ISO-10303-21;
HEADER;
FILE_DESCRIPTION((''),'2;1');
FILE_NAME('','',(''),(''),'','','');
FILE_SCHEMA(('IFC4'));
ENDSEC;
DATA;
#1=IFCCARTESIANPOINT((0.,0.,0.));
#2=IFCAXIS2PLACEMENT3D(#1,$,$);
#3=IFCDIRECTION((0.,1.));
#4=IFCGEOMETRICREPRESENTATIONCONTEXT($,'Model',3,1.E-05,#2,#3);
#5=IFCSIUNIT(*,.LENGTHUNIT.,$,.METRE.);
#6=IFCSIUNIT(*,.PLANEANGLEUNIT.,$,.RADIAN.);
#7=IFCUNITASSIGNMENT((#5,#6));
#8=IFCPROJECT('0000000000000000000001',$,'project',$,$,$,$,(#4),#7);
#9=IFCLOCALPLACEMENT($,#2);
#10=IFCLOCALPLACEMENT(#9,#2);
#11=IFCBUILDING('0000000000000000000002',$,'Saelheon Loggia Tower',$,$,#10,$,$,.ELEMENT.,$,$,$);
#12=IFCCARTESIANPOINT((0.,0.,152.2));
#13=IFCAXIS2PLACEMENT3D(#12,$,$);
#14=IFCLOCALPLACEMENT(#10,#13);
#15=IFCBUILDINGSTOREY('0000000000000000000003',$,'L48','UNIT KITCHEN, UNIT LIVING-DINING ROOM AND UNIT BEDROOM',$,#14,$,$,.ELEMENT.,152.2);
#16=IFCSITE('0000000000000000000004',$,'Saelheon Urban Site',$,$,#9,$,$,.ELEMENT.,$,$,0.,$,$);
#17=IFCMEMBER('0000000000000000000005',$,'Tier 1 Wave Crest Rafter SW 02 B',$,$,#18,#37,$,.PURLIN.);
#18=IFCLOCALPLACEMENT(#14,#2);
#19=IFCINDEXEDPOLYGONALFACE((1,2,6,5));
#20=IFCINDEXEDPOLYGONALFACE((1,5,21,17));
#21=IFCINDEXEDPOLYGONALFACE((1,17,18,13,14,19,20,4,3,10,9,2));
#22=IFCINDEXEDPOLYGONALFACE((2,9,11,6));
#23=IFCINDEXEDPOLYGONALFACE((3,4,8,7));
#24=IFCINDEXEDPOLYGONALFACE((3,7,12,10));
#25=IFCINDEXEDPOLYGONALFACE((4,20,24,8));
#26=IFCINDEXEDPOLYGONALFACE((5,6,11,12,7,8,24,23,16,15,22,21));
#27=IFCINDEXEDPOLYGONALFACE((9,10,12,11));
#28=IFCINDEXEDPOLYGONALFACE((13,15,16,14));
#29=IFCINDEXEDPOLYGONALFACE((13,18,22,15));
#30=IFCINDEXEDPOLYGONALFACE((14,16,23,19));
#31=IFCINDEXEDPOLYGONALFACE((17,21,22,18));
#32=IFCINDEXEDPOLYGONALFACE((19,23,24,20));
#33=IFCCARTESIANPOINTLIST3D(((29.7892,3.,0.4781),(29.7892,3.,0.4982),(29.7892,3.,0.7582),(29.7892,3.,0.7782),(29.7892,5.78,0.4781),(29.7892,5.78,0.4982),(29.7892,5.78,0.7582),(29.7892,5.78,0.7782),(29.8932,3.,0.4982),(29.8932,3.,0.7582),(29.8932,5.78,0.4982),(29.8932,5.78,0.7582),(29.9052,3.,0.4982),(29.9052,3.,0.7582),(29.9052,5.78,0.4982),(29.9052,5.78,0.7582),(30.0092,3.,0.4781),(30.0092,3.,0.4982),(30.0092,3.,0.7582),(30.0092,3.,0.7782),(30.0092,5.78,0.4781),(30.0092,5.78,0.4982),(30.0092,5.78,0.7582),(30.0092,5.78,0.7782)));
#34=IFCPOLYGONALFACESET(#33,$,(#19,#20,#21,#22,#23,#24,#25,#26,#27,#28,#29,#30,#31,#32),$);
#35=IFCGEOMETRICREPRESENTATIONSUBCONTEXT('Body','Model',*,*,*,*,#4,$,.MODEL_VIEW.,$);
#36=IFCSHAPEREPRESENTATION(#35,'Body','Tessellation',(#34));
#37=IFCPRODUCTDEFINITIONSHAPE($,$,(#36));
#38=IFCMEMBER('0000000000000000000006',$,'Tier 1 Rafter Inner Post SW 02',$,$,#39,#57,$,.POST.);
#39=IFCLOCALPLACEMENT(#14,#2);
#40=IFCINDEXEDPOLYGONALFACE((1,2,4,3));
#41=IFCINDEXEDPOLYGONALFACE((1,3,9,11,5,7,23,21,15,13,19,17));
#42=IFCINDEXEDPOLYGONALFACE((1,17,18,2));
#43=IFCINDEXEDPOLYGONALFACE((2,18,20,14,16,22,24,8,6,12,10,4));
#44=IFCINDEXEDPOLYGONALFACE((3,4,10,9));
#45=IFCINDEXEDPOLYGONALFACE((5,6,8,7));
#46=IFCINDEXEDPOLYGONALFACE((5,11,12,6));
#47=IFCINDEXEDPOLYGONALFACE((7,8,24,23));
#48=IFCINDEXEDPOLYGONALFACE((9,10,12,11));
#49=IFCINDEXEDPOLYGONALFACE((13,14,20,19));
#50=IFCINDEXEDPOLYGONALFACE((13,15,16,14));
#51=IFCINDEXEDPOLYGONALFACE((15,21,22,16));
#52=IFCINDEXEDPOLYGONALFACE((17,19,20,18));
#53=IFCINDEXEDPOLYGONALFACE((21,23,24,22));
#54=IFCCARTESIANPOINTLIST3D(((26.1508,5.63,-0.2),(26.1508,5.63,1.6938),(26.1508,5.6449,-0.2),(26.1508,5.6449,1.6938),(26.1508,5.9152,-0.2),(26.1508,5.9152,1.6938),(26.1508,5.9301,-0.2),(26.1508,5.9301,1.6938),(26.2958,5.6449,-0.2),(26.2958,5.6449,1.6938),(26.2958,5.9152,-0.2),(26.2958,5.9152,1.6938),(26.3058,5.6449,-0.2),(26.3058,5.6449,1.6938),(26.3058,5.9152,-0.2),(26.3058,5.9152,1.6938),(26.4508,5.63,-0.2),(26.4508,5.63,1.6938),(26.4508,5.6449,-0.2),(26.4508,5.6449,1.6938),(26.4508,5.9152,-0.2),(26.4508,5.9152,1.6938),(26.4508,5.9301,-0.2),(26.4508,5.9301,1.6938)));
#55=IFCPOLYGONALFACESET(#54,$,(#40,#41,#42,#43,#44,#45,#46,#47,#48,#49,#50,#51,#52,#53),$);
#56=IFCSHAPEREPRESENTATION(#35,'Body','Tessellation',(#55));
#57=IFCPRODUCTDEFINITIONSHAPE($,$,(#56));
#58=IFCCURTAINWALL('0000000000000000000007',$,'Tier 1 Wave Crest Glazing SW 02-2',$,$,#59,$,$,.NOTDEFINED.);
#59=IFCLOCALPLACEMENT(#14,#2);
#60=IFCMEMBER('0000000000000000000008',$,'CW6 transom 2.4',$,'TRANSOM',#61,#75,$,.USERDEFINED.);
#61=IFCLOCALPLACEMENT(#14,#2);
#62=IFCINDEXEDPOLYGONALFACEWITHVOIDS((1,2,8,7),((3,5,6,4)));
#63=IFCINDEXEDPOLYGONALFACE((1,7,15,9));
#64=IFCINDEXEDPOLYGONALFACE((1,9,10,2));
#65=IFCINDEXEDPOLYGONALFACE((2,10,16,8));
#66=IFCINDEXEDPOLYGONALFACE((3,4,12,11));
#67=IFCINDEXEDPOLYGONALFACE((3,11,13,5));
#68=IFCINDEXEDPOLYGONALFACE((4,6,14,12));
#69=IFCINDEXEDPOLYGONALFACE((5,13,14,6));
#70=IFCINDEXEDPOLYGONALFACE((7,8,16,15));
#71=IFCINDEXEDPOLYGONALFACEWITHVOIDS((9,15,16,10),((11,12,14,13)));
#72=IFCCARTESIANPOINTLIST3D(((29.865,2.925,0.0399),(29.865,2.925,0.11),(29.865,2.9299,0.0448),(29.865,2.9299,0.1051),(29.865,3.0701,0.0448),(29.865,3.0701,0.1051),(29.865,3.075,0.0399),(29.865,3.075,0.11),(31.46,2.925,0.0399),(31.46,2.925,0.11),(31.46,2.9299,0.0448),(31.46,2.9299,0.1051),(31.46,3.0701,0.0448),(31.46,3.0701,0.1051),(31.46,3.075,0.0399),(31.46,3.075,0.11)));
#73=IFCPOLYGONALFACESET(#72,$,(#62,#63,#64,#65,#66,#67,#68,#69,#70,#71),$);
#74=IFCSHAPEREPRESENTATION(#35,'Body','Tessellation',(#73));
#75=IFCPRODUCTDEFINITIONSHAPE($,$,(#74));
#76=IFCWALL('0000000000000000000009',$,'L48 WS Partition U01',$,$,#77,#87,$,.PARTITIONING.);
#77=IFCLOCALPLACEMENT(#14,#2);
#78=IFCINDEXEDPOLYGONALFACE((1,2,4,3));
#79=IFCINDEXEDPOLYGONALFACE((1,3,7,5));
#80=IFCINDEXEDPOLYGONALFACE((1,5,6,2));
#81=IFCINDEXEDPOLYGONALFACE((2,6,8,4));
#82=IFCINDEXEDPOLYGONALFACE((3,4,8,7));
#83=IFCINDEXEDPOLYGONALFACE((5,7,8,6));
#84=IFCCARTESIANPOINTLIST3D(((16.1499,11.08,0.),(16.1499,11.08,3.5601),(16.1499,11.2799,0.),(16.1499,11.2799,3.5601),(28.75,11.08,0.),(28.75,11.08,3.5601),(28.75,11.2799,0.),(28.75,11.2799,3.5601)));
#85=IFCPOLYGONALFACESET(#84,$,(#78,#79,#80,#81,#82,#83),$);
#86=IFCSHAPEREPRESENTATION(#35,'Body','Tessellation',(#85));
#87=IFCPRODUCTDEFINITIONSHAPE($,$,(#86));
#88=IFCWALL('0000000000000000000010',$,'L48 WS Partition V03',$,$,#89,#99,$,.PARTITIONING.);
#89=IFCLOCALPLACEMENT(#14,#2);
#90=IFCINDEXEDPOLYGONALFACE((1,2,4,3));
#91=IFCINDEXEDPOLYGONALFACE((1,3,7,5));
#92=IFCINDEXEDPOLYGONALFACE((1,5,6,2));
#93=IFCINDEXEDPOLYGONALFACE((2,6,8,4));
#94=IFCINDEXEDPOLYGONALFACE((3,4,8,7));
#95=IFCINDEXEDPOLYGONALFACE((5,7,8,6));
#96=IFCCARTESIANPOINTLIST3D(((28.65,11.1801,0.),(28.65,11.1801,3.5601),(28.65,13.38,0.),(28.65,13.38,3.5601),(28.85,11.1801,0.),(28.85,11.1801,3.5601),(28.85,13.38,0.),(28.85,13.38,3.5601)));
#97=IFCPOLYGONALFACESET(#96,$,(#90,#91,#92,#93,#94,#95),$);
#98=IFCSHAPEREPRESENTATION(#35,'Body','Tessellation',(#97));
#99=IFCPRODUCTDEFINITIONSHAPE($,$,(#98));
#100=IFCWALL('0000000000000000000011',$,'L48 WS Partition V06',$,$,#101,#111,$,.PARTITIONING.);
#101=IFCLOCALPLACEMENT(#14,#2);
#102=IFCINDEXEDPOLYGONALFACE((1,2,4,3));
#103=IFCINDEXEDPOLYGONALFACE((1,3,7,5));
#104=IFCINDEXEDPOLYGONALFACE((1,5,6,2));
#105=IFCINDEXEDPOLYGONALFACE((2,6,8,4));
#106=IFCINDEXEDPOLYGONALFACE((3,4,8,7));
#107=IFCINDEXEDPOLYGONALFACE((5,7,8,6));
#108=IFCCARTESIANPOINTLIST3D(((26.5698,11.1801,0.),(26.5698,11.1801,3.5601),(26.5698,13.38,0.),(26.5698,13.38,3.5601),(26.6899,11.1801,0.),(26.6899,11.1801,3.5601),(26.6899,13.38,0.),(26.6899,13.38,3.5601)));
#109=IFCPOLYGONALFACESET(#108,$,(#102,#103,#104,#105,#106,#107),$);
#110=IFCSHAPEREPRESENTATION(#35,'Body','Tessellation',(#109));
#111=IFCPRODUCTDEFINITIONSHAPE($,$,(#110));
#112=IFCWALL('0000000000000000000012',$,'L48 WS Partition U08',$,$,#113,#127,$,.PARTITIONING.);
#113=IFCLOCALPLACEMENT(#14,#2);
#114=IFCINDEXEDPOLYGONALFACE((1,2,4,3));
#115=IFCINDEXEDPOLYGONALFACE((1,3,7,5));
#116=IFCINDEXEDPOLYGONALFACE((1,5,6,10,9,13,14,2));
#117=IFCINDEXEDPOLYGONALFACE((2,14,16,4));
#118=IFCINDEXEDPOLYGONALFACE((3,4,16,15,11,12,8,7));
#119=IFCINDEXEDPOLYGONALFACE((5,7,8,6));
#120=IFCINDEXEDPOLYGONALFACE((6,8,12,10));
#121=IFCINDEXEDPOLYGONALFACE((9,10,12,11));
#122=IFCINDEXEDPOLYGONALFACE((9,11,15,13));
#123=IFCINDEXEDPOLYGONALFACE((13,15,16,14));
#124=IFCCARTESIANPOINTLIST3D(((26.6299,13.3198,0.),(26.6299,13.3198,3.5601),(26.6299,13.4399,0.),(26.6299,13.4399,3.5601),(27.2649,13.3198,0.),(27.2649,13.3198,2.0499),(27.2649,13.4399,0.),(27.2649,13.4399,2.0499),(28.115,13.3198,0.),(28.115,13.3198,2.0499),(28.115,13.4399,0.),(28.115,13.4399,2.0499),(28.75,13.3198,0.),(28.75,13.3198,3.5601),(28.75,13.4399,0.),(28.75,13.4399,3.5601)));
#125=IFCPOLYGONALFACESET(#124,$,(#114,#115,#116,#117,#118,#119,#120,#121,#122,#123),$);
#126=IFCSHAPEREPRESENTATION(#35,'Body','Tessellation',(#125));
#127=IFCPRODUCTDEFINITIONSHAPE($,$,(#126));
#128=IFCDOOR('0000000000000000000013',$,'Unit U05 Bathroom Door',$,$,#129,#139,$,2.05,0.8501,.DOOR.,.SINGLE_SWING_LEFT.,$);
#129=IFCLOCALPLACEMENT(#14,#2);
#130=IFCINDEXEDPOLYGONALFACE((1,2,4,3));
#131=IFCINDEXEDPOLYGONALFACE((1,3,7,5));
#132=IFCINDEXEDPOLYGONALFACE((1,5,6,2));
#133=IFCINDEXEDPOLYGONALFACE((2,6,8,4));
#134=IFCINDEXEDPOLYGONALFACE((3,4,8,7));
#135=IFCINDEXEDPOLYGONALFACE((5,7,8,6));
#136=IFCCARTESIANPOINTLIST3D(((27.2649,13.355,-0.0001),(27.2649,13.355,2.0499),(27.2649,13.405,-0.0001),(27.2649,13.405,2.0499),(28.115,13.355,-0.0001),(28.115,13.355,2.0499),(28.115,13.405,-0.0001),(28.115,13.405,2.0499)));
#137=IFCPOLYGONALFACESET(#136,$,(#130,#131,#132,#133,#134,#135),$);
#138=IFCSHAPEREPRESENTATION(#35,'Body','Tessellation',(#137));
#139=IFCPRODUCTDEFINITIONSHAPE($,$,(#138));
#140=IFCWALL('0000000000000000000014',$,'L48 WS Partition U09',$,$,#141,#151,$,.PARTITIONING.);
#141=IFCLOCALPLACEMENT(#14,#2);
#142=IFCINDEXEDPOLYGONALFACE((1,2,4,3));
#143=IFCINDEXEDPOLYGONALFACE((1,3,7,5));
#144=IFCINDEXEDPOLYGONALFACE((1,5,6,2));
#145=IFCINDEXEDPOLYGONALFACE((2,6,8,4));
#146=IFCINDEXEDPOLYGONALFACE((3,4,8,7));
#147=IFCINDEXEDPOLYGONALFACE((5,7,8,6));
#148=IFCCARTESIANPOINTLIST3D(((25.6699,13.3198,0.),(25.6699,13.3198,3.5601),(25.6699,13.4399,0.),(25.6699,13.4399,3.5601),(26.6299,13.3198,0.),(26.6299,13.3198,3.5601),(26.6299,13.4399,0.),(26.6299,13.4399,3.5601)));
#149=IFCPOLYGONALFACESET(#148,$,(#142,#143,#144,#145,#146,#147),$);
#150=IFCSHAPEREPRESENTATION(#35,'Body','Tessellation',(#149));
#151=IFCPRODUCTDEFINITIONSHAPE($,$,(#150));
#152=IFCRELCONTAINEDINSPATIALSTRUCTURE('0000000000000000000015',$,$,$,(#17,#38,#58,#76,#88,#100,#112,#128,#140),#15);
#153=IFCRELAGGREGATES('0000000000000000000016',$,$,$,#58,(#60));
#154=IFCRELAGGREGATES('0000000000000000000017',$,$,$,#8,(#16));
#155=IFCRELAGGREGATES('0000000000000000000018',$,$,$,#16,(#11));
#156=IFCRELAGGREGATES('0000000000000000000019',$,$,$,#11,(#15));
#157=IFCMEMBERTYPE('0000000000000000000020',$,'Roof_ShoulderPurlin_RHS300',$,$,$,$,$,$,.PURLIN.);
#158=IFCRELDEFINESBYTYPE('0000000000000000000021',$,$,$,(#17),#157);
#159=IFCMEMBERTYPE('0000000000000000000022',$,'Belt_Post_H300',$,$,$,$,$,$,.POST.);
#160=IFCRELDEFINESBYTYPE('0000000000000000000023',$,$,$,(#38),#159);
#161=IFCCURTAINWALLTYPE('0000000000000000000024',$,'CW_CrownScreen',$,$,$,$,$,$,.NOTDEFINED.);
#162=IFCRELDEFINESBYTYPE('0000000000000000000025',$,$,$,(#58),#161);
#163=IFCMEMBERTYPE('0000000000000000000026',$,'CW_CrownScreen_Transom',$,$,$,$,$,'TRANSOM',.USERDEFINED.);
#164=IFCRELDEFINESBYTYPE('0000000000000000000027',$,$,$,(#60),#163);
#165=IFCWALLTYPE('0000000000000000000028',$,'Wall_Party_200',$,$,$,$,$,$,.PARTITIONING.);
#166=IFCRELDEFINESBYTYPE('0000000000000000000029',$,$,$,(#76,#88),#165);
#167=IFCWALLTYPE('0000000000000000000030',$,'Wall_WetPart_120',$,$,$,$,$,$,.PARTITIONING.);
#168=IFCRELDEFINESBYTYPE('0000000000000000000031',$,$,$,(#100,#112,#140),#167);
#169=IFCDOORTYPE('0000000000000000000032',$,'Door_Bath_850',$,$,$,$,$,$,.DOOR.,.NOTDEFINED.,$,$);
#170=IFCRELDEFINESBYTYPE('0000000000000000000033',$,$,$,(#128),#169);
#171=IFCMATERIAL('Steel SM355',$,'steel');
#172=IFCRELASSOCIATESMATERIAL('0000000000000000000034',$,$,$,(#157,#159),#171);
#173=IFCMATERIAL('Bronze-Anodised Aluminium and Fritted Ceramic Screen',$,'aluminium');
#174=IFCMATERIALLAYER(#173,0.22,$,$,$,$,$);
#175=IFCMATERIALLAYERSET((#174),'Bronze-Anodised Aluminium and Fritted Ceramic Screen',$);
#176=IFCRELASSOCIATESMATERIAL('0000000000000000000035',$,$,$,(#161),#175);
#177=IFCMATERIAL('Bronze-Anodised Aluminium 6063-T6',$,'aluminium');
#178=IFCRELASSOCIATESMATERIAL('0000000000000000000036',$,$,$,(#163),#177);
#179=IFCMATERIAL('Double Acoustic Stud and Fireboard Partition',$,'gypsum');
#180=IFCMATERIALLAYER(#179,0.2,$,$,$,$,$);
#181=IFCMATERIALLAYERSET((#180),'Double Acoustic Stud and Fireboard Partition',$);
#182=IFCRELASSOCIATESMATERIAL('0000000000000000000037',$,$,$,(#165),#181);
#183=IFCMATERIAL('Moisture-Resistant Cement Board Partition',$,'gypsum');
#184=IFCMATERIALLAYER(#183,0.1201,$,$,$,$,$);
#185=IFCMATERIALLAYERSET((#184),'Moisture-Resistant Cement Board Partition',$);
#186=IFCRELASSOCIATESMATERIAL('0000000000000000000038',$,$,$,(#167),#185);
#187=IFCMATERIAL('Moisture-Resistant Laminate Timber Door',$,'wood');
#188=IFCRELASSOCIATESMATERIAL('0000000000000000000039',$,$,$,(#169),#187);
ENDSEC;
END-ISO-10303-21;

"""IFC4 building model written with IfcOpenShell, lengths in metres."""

from ifc_helpers import new_model, si_unit, direction, frame, frame_2d, origin, origin_2d, place, context, subcontext, project, spatial, rectangle, hollow_rectangle, i_section, extrude, source, transform, mapped, material, layer, layer_set, material_profile, profile_set, type_object, element, fill, aggregate, save


model = new_model("IFC4")

# Units and contexts
model_context = context("Model", 3, precision=1e-05, world=origin(), true_north=direction((0.0, 1.0)))
body_context = subcontext(model_context, "Body", "Model", "MODEL_VIEW")
ifc_project = project(units=[si_unit("LENGTHUNIT", "METRE"), si_unit("PLANEANGLEUNIT", "RADIAN")], contexts=[model_context])

# Site, building, storey
site_placement = place(None, origin())
site = spatial("IfcSite", under=ifc_project, at=site_placement, Name="Saelheon Urban Site", CompositionType="ELEMENT", RefElevation=0.0)
building_placement = place(site_placement, origin())
building = spatial("IfcBuilding", under=site, at=building_placement, Name="Saelheon Loggia Tower", CompositionType="ELEMENT")
storey_placement = place(building_placement, frame((0.0, 0.0, 152.2)))
storey = spatial("IfcBuildingStorey", under=building, at=storey_placement, Name="L48", Description="UNIT KITCHEN, UNIT LIVING-DINING ROOM AND UNIT BEDROOM", CompositionType="ELEMENT", Elevation=152.2)

# Members
ifc_material_1 = material(Name="Steel SM355", Category="steel")
ifc_material_profile_1 = material_profile(ifc_material_1, i_section(OverallWidth=0.22, OverallDepth=0.3, WebThickness=0.012, FlangeThickness=0.02, at=origin_2d()), Name="H-300x220x12x20")
ifc_profile_set_1 = profile_set([ifc_material_profile_1], Name="Steel SM355")
member_type_1 = type_object("IfcMemberType", Name="Roof_ShoulderPurlin_RHS300", PredefinedType="PURLIN", material=ifc_profile_set_1)
shared_shape_1 = source(origin(), body_context, "Body", "SweptSolid", [
    extrude(i_section(OverallWidth=0.22, OverallDepth=0.3, WebThickness=0.012, FlangeThickness=0.02, at=origin_2d()), origin(), (0.0, 0.0, 1.0), 2.78),
])
member_1_placement = place(storey_placement, frame((29.8992, 3.0, 0.6282), z_axis=(0.0, 1.0, 0.0), x_axis=(-1.0, 0.0, 0.0)))
element("IfcMember", 1, at=member_1_placement, inside=storey, type_object=member_type_1, Name="Tier 1 Wave Crest Rafter SW 02 B", PredefinedType="PURLIN", context=body_context, shape_type="MappedRepresentation", body=[
    mapped(shared_shape_1, transform((0.0, 0.0, 0.0), scale=1.0)),
])
ifc_material_profile_2 = material_profile(ifc_material_1, i_section(OverallWidth=0.3, OverallDepth=0.3, WebThickness=0.01, FlangeThickness=0.0149, at=origin_2d()), Name="H-300x300x10x15")
ifc_profile_set_2 = profile_set([ifc_material_profile_2], Name="Steel SM355")
member_type_2 = type_object("IfcMemberType", Name="Belt_Post_H300", PredefinedType="POST", material=ifc_profile_set_2)
shared_shape_2 = source(origin(), body_context, "Body", "SweptSolid", [
    extrude(i_section(OverallWidth=0.3, OverallDepth=0.3, WebThickness=0.01, FlangeThickness=0.0149, at=origin_2d()), origin(), (0.0, 0.0, 1.0), 1.8938),
])
member_2_placement = place(storey_placement, frame((26.3008, 5.78, -0.2), z_axis=(0.0, 0.0, 1.0), x_axis=(1.0, 0.0, 0.0)))
element("IfcMember", 2, at=member_2_placement, inside=storey, type_object=member_type_2, Name="Tier 1 Rafter Inner Post SW 02", PredefinedType="POST", context=body_context, shape_type="MappedRepresentation", body=[
    mapped(shared_shape_2, transform((0.0, 0.0, 0.0), scale=1.0)),
])

# Curtain wall, member
ifc_material_2 = material(Name="Bronze-Anodised Aluminium and Fritted Ceramic Screen", Category="aluminium")
ifc_layer_1 = layer(ifc_material_2, 0.22)
ifc_layer_set_1 = layer_set([ifc_layer_1], Name="Bronze-Anodised Aluminium and Fritted Ceramic Screen")
curtain_wall_type = type_object("IfcCurtainWallType", Name="CW_CrownScreen", PredefinedType="NOTDEFINED", material=ifc_layer_set_1)
curtain_wall_placement = place(storey_placement, origin())
curtain_wall = element("IfcCurtainWall", 3, at=curtain_wall_placement, inside=storey, type_object=curtain_wall_type, Name="Tier 1 Wave Crest Glazing SW 02-2", PredefinedType="NOTDEFINED")
ifc_material_3 = material(Name="Bronze-Anodised Aluminium 6063-T6", Category="aluminium")
ifc_material_profile_3 = material_profile(ifc_material_3, hollow_rectangle(XDim=0.0701, YDim=0.1499, WallThickness=0.0049, at=origin_2d()), Name="RHS-150x70x5")
ifc_profile_set_3 = profile_set([ifc_material_profile_3], Name="Bronze-Anodised Aluminium 6063-T6")
member_type_3 = type_object("IfcMemberType", Name="CW_CrownScreen_Transom", ElementType="TRANSOM", PredefinedType="USERDEFINED", material=ifc_profile_set_3)
shared_shape_3 = source(origin(), body_context, "Body", "SweptSolid", [
    extrude(hollow_rectangle(XDim=0.0701, YDim=0.1499, WallThickness=0.0049, at=origin_2d()), origin(), (0.0, 0.0, 1.0), 1.595),
])
member_3_placement = place(storey_placement, frame((29.865, 3.0, 0.075), z_axis=(1.0, 0.0, 0.0), x_axis=(0.0, 0.0, 1.0)))
member_3 = element("IfcMember", 4, at=member_3_placement, type_object=member_type_3, Name="CW6 transom 2.4", ObjectType="TRANSOM", PredefinedType="USERDEFINED", context=body_context, shape_type="MappedRepresentation", body=[
    mapped(shared_shape_3, transform((0.0, 0.0, 0.0), scale=1.0)),
])
aggregate(curtain_wall, [member_3])

# Walls
ifc_material_4 = material(Name="Double Acoustic Stud and Fireboard Partition", Category="gypsum")
ifc_layer_2 = layer(ifc_material_4, 0.2)
ifc_layer_set_2 = layer_set([ifc_layer_2], Name="Double Acoustic Stud and Fireboard Partition")
wall_type_1 = type_object("IfcWallType", Name="Wall_Party_200", PredefinedType="PARTITIONING", material=ifc_layer_set_2)
wall_1_placement = place(storey_placement, frame((28.75, 11.1799, 0.0), z_axis=(0.0, 0.0, 1.0), x_axis=(-1.0, 0.0, 0.0)))
element("IfcWall", 5, at=wall_1_placement, inside=storey, type_object=wall_type_1, Name="L48 WS Partition U01", PredefinedType="PARTITIONING", context=body_context, shape_type="SweptSolid", body=[
    extrude(rectangle(XDim=12.6001, YDim=0.2, at=frame_2d((6.3, 0.0))), origin(), (0.0, 0.0, 1.0), 3.5601),
])
wall_2_placement = place(storey_placement, frame((28.75, 11.1799, 0.0), z_axis=(0.0, 0.0, 1.0), x_axis=(0.0, 1.0, 0.0)))
element("IfcWall", 6, at=wall_2_placement, inside=storey, type_object=wall_type_1, Name="L48 WS Partition V03", PredefinedType="PARTITIONING", context=body_context, shape_type="SweptSolid", body=[
    extrude(rectangle(XDim=2.2, YDim=0.2, at=frame_2d((1.1001, 0.0))), origin(), (0.0, 0.0, 1.0), 3.5601),
])

# Wall
ifc_material_5 = material(Name="Moisture-Resistant Cement Board Partition", Category="gypsum")
ifc_layer_3 = layer(ifc_material_5, 0.1201)
ifc_layer_set_3 = layer_set([ifc_layer_3], Name="Moisture-Resistant Cement Board Partition")
wall_type_2 = type_object("IfcWallType", Name="Wall_WetPart_120", PredefinedType="PARTITIONING", material=ifc_layer_set_3)
wall_3_placement = place(storey_placement, frame((26.6299, 11.1799, 0.0), z_axis=(0.0, 0.0, 1.0), x_axis=(0.0, 1.0, 0.0)))
element("IfcWall", 7, at=wall_3_placement, inside=storey, type_object=wall_type_2, Name="L48 WS Partition V06", PredefinedType="PARTITIONING", context=body_context, shape_type="SweptSolid", body=[
    extrude(rectangle(XDim=2.2, YDim=0.1201, at=frame_2d((1.1001, 0.0))), origin(), (0.0, 0.0, 1.0), 3.5601),
])

# Wall, opening, door
wall_4_placement = place(storey_placement, frame((28.75, 13.3799, 0.0), z_axis=(0.0, 0.0, 1.0), x_axis=(-1.0, 0.0, 0.0)))
wall_4 = element("IfcWall", 8, at=wall_4_placement, inside=storey, type_object=wall_type_2, Name="L48 WS Partition U08", PredefinedType="PARTITIONING", context=body_context, shape_type="SweptSolid", body=[
    extrude(rectangle(XDim=2.1201, YDim=0.1201, at=frame_2d((1.0601, 0.0))), origin(), (0.0, 0.0, 1.0), 3.5601),
])
opening_1_placement = place(wall_4_placement, frame((0.635, 0.0, 0.0)))
opening_1 = element("IfcOpeningElement", 9, at=opening_1_placement, cuts=wall_4, PredefinedType="OPENING", context=body_context, shape_type="SweptSolid", body=[
    extrude(rectangle(XDim=0.8501, YDim=2.05, at=frame_2d((0.425, 1.0249))), frame((0.0, 0.072, 0.0), z_axis=(0.0, -1.0, 0.0), x_axis=(1.0, 0.0, 0.0)), (0.0, 0.0, 1.0), 0.144),
])
ifc_material_6 = material(Name="Moisture-Resistant Laminate Timber Door", Category="wood")
door_type_1 = type_object("IfcDoorType", Name="Door_Bath_850", OperationType="NOTDEFINED", PredefinedType="DOOR", material=ifc_material_6)
shared_shape_4 = source(origin(), body_context, "Body", "SweptSolid", [
    extrude(rectangle(XDim=0.8501, YDim=2.05, at=frame_2d((0.425, 1.0249))), frame((0.0, 0.0249, 0.0), z_axis=(0.0, -1.0, 0.0), x_axis=(1.0, 0.0, 0.0)), (0.0, 0.0, 1.0), 0.05),
])
door_1_placement = place(opening_1_placement, origin())
door_1 = element("IfcDoor", 10, at=door_1_placement, inside=storey, type_object=door_type_1, Name="Unit U05 Bathroom Door", OperationType="SINGLE_SWING_LEFT", OverallHeight=2.05, OverallWidth=0.8501, PredefinedType="DOOR", context=body_context, shape_type="MappedRepresentation", body=[
    mapped(shared_shape_4, transform((0.0, 0.0, 0.0), scale=1.0)),
])
fill(opening_1, door_1)

# Wall
wall_5_placement = place(storey_placement, frame((26.6299, 13.3799, 0.0), z_axis=(0.0, 0.0, 1.0), x_axis=(-1.0, 0.0, 0.0)))
element("IfcWall", 11, at=wall_5_placement, inside=storey, type_object=wall_type_2, Name="L48 WS Partition U09", PredefinedType="PARTITIONING", context=body_context, shape_type="SweptSolid", body=[
    extrude(rectangle(XDim=0.96, YDim=0.1201, at=frame_2d((0.48, 0.0))), origin(), (0.0, 0.0, 1.0), 3.5601),
])

save(model, "model.ifc")
